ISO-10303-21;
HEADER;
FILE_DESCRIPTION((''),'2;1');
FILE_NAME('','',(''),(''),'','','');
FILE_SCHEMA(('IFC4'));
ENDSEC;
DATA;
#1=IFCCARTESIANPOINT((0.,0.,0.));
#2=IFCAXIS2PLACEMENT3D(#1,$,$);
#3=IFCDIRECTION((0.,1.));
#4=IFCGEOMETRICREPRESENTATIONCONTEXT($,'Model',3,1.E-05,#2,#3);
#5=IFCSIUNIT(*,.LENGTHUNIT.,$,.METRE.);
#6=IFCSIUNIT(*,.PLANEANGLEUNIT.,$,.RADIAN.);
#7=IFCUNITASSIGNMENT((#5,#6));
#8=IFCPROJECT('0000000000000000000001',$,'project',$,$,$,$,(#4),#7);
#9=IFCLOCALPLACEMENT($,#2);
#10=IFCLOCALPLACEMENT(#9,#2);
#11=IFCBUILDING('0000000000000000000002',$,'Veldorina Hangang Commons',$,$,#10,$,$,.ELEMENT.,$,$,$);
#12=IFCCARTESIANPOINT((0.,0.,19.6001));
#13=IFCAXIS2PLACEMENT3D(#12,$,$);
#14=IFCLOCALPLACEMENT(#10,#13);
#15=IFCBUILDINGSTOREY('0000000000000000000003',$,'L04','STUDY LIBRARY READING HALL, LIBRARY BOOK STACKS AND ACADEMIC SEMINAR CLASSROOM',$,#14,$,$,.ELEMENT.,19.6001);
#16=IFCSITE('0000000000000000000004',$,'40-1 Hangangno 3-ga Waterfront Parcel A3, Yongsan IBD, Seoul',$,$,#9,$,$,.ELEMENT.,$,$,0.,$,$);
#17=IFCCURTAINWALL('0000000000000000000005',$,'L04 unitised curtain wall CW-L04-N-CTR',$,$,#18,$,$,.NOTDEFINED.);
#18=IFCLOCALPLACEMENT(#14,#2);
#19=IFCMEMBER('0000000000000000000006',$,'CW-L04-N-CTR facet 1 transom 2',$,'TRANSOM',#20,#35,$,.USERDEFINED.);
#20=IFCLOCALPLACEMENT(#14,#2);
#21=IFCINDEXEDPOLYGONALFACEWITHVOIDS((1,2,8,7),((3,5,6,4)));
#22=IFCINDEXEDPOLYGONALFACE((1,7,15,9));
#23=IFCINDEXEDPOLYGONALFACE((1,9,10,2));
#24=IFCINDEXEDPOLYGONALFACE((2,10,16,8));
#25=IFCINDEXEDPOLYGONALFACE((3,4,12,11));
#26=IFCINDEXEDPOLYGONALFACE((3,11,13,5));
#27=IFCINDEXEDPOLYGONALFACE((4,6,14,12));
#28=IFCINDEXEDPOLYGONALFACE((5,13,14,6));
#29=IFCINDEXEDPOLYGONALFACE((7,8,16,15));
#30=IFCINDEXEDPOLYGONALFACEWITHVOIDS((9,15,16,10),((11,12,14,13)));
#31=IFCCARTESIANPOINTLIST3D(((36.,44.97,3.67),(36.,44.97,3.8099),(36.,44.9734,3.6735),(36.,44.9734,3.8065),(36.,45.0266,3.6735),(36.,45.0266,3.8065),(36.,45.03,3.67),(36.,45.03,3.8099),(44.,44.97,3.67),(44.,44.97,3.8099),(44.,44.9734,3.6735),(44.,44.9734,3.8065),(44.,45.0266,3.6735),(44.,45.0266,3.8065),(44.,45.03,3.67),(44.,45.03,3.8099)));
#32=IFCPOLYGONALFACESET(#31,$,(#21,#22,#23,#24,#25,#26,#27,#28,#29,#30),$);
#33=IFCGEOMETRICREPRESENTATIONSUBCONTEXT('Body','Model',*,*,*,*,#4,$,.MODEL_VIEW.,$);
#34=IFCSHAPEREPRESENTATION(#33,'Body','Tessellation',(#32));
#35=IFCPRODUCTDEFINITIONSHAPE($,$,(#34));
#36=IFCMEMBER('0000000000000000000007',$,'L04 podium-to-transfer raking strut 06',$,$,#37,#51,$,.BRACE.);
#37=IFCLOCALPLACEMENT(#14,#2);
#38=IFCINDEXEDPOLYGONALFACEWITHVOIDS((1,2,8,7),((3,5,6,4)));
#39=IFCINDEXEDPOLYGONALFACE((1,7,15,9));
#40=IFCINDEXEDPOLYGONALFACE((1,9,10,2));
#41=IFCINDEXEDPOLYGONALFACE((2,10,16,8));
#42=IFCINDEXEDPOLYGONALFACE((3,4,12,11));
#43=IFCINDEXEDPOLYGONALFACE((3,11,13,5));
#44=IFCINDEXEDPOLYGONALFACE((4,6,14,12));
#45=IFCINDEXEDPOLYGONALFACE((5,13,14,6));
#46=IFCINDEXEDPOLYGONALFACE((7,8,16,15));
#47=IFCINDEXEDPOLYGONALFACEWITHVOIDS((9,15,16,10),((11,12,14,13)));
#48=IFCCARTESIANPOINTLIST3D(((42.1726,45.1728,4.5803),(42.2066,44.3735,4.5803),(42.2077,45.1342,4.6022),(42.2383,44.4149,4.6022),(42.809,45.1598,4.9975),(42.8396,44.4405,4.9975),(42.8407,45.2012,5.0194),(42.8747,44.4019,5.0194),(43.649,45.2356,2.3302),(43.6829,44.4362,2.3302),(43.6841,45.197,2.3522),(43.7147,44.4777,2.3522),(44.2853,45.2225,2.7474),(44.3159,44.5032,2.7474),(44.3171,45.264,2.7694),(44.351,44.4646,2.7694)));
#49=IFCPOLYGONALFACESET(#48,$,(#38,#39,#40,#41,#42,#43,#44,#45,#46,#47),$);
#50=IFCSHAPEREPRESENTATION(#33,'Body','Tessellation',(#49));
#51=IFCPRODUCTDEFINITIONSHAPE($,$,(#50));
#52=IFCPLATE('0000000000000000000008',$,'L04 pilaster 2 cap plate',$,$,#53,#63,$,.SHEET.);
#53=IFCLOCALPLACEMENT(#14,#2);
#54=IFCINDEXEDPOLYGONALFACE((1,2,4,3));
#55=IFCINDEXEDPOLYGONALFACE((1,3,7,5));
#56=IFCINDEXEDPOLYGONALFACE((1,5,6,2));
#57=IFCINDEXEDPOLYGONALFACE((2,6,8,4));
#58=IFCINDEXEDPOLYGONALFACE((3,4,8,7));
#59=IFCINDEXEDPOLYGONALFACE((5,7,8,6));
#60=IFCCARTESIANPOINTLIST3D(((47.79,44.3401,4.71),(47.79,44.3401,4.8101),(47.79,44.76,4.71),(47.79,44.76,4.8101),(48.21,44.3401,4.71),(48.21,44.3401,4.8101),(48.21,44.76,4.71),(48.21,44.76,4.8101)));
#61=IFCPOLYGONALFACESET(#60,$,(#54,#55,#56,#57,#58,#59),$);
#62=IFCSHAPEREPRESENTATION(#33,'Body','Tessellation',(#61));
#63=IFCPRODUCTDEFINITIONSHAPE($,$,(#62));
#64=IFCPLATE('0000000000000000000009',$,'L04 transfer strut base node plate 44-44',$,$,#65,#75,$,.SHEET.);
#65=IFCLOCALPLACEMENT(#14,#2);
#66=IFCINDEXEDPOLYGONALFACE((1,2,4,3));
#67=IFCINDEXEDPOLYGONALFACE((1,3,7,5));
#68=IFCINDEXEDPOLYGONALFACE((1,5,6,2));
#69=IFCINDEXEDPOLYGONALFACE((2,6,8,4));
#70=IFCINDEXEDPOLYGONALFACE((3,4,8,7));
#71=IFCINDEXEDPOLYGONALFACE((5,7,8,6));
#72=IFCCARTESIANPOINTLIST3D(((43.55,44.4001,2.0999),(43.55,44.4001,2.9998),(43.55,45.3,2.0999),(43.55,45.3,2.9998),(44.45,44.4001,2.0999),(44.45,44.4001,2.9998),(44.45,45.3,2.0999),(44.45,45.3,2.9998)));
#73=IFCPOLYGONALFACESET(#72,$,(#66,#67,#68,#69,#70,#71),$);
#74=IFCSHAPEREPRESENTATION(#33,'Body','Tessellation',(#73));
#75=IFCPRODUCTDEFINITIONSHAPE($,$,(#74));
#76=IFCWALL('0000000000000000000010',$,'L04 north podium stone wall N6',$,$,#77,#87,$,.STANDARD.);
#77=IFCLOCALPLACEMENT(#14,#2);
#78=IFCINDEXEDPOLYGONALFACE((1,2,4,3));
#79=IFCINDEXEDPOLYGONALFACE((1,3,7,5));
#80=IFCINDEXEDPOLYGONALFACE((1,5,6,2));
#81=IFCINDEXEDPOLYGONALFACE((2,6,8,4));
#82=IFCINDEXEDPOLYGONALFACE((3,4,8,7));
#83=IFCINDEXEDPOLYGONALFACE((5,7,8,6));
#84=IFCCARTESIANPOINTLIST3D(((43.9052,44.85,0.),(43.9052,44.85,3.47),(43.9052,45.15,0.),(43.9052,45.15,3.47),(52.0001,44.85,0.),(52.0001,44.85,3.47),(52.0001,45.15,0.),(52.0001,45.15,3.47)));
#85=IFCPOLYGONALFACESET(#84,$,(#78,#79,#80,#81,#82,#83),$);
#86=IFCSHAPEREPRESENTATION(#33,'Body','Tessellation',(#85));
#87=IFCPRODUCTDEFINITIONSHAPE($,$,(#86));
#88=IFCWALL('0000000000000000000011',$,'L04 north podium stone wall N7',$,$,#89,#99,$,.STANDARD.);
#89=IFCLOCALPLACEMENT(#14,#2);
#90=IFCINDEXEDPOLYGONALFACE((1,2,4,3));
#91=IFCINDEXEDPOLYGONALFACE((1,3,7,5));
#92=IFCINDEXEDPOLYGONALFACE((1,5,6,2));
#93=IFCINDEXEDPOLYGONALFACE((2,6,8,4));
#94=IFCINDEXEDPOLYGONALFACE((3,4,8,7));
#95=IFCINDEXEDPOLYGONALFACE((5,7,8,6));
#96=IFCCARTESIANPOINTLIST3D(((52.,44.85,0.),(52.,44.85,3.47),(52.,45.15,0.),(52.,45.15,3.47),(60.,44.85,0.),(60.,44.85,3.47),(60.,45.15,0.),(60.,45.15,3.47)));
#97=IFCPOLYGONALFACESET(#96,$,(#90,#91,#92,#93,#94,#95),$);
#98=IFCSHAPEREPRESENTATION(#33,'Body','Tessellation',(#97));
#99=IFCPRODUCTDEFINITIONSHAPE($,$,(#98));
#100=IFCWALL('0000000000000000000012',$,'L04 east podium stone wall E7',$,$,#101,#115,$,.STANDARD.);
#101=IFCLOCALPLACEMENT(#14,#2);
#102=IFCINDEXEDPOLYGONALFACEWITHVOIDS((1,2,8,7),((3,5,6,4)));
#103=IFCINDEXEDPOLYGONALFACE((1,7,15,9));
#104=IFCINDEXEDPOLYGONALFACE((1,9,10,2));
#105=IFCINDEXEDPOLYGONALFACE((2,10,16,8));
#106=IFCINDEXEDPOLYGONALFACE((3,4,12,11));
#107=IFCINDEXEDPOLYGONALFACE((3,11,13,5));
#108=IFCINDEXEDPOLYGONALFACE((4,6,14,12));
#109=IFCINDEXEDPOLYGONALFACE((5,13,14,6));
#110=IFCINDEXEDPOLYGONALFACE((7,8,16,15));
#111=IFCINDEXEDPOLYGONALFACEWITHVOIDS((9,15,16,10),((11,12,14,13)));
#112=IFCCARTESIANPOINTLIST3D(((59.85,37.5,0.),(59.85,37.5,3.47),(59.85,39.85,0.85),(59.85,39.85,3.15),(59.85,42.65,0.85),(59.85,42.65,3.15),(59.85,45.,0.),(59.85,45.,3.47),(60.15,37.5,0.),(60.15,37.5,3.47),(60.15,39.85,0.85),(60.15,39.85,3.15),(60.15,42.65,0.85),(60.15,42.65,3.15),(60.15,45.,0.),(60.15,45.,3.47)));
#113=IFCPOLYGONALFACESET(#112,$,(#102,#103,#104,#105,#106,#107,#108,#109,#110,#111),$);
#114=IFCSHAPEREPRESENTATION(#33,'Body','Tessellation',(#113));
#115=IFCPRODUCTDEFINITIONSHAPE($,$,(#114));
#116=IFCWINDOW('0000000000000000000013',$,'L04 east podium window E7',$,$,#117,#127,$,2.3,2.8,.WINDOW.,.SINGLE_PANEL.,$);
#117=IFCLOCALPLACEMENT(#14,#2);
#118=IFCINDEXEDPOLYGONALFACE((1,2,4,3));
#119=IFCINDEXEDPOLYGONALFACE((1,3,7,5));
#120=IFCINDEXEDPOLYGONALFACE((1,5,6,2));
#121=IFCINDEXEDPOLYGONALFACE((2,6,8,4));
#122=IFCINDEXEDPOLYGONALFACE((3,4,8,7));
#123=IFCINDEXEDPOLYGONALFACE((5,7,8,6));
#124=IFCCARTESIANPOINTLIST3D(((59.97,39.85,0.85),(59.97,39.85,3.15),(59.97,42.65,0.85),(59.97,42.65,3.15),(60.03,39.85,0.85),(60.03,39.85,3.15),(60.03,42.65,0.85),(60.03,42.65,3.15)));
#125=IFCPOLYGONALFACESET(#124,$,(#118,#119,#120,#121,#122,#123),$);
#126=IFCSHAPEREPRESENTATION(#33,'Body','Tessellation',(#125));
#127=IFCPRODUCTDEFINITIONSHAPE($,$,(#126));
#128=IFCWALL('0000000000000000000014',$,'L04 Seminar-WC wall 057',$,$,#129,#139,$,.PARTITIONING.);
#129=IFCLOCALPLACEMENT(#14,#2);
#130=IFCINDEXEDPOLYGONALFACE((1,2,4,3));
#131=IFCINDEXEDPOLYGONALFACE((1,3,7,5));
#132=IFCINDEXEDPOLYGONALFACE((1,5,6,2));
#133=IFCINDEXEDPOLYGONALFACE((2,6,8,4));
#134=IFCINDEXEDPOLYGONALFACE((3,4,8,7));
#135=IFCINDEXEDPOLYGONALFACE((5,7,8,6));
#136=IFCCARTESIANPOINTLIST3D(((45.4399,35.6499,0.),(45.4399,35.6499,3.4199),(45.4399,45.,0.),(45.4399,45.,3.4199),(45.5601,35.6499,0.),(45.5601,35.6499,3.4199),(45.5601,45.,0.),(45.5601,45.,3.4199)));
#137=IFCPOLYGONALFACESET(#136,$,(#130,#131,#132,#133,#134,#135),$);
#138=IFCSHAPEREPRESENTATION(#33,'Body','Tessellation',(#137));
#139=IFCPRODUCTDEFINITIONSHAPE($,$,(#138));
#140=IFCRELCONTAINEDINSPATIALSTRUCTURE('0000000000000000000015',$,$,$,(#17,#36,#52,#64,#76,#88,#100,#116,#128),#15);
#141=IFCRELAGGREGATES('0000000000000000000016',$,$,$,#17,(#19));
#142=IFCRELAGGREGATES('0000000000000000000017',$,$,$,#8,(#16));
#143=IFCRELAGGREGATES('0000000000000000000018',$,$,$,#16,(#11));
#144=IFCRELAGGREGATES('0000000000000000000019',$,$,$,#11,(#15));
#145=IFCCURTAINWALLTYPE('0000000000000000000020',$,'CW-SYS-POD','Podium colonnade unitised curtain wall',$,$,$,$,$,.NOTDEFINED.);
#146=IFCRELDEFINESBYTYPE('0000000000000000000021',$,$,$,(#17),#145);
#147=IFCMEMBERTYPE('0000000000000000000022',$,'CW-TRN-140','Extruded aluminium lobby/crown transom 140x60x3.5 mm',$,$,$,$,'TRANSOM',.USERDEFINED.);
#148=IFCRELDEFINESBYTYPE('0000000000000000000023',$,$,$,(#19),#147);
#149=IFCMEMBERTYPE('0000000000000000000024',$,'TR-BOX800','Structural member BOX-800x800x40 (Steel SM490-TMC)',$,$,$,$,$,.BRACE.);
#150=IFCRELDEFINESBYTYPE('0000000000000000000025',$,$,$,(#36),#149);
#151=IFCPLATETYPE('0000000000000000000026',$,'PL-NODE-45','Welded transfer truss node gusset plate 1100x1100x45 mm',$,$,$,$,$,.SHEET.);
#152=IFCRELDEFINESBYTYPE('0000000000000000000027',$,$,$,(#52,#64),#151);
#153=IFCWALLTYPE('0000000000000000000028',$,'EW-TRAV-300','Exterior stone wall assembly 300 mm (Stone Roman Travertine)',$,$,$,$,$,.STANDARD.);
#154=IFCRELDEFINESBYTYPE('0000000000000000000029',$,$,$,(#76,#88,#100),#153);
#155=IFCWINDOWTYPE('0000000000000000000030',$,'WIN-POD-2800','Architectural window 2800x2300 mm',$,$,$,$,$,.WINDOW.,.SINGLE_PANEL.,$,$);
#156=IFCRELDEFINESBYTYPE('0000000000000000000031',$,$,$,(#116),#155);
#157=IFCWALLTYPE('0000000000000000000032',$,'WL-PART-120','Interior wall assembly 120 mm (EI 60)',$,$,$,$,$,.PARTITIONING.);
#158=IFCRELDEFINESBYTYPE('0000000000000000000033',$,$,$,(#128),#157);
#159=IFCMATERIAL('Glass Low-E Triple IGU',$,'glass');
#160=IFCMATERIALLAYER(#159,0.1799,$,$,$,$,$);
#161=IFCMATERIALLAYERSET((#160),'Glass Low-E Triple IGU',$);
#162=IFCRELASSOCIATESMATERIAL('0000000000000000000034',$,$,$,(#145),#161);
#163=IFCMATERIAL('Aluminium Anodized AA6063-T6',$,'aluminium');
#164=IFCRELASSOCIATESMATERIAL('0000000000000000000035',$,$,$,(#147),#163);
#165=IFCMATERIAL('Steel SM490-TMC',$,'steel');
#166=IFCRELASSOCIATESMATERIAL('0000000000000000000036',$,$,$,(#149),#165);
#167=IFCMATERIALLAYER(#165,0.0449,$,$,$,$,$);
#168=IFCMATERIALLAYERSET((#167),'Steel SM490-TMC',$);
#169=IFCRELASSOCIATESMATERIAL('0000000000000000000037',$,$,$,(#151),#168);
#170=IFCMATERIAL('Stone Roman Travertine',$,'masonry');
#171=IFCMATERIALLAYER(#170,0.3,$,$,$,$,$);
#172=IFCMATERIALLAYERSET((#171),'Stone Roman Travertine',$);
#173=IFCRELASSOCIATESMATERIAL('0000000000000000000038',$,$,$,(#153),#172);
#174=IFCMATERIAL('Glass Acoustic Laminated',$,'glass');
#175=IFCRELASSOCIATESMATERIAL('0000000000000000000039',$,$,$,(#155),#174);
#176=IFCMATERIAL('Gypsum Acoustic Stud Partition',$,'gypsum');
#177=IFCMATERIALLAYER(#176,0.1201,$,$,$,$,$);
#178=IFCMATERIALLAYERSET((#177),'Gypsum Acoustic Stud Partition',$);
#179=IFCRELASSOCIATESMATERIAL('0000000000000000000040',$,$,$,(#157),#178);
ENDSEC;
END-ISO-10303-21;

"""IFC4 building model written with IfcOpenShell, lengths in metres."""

from ifc_helpers import new_model, si_unit, direction, frame, frame_2d, origin, origin_2d, place, context, subcontext, project, spatial, rectangle, hollow_rectangle, extrude, material, layer, layer_set, material_profile, profile_set, type_object, element, fill, aggregate, save


model = new_model("IFC4")

# Units and contexts
model_context = context("Model", 3, precision=1e-05, world=origin(), true_north=direction((0.0, 1.0)))
body_context = subcontext(model_context, "Body", "Model", "MODEL_VIEW")
ifc_project = project(units=[si_unit("LENGTHUNIT", "METRE"), si_unit("PLANEANGLEUNIT", "RADIAN")], contexts=[model_context])

# Site, building, storey
site_placement = place(None, origin())
site = spatial("IfcSite", under=ifc_project, at=site_placement, Name="40-1 Hangangno 3-ga Waterfront Parcel A3, Yongsan IBD, Seoul", CompositionType="ELEMENT", RefElevation=0.0)
building_placement = place(site_placement, origin())
building = spatial("IfcBuilding", under=site, at=building_placement, Name="Veldorina Hangang Commons", CompositionType="ELEMENT")
storey_placement = place(building_placement, frame((0.0, 0.0, 19.6001)))
storey = spatial("IfcBuildingStorey", under=building, at=storey_placement, Name="L04", Description="STUDY LIBRARY READING HALL, LIBRARY BOOK STACKS AND ACADEMIC SEMINAR CLASSROOM", CompositionType="ELEMENT", Elevation=19.6001)

# Curtain wall, member
ifc_material_1 = material(Name="Glass Low-E Triple IGU", Category="glass")
ifc_layer_1 = layer(ifc_material_1, 0.1799)
ifc_layer_set_1 = layer_set([ifc_layer_1], Name="Glass Low-E Triple IGU")
curtain_wall_type = type_object("IfcCurtainWallType", Name="CW-SYS-POD", Description="Podium colonnade unitised curtain wall", PredefinedType="NOTDEFINED", material=ifc_layer_set_1)
curtain_wall_placement = place(storey_placement, origin())
curtain_wall = element("IfcCurtainWall", 1, at=curtain_wall_placement, inside=storey, type_object=curtain_wall_type, Name="L04 unitised curtain wall CW-L04-N-CTR", PredefinedType="NOTDEFINED")
ifc_material_2 = material(Name="Aluminium Anodized AA6063-T6", Category="aluminium")
ifc_material_profile_1 = material_profile(ifc_material_2, hollow_rectangle(XDim=0.0601, YDim=0.1399, WallThickness=0.0034, at=origin_2d()), Name="ALU-RHS-140x60x3.5")
ifc_profile_set_1 = profile_set([ifc_material_profile_1], Name="Aluminium Anodized AA6063-T6")
member_type_1 = type_object("IfcMemberType", Name="CW-TRN-140", Description="Extruded aluminium lobby/crown transom 140x60x3.5 mm", ElementType="TRANSOM", PredefinedType="USERDEFINED", material=ifc_profile_set_1)
member_1_placement = place(storey_placement, frame((44.0, 45.0, 3.74), z_axis=(-1.0, 0.0, 0.0), x_axis=(0.0, -1.0, 0.0)))
member_1 = element("IfcMember", 2, at=member_1_placement, type_object=member_type_1, Name="CW-L04-N-CTR facet 1 transom 2", ObjectType="TRANSOM", PredefinedType="USERDEFINED", context=body_context, shape_type="SweptSolid", body=[
    extrude(hollow_rectangle(XDim=0.0601, YDim=0.1399, WallThickness=0.0034, at=origin_2d()), origin(), (0.0, 0.0, 1.0), 8.0),
])
aggregate(curtain_wall, [member_1])

# Member
ifc_material_3 = material(Name="Steel SM490-TMC", Category="steel")
ifc_material_profile_2 = material_profile(ifc_material_3, hollow_rectangle(XDim=0.8, YDim=0.8, WallThickness=0.04, at=origin_2d()), Name="BOX-800x800x40")
ifc_profile_set_2 = profile_set([ifc_material_profile_2], Name="Steel SM490-TMC")
member_type_2 = type_object("IfcMemberType", Name="TR-BOX800", Description="Structural member BOX-800x800x40 (Steel SM490-TMC)", PredefinedType="BRACE", material=ifc_profile_set_2)
member_2_placement = place(storey_placement, frame((44.0, 44.8501, 2.5498), z_axis=(-0.548444, -0.023309, 0.835862), x_axis=(0.042462, -0.999098, 0.0)))
element("IfcMember", 3, at=member_2_placement, inside=storey, type_object=member_type_2, Name="L04 podium-to-transfer raking strut 06", PredefinedType="BRACE", context=body_context, shape_type="SweptSolid", body=[
    extrude(hollow_rectangle(XDim=0.8, YDim=0.8, WallThickness=0.04, at=origin_2d()), origin(), (0.0, 0.0, 1.0), 2.6919),
])

# Plates
ifc_layer_2 = layer(ifc_material_3, 0.0449)
ifc_layer_set_2 = layer_set([ifc_layer_2], Name="Steel SM490-TMC")
plate_type = type_object("IfcPlateType", Name="PL-NODE-45", Description="Welded transfer truss node gusset plate 1100x1100x45 mm", PredefinedType="SHEET", material=ifc_layer_set_2)
plate_1_placement = place(storey_placement, frame((48.0, 44.55, 4.71), z_axis=(0.0, 0.0, 1.0), x_axis=(1.0, 0.0, 0.0)))
element("IfcPlate", 4, at=plate_1_placement, inside=storey, type_object=plate_type, Name="L04 pilaster 2 cap plate", PredefinedType="SHEET", context=body_context, shape_type="SweptSolid", body=[
    extrude(rectangle(XDim=0.4199, YDim=0.4199, at=origin_2d()), origin(), (0.0, 0.0, 1.0), 0.1001),
])
plate_2_placement = place(storey_placement, frame((44.0, 44.8501, 2.0999), z_axis=(0.0, 0.0, 1.0), x_axis=(1.0, 0.0, 0.0)))
element("IfcPlate", 5, at=plate_2_placement, inside=storey, type_object=plate_type, Name="L04 transfer strut base node plate 44-44", PredefinedType="SHEET", context=body_context, shape_type="SweptSolid", body=[
    extrude(rectangle(XDim=0.8999, YDim=0.8999, at=origin_2d()), origin(), (0.0, 0.0, 1.0), 0.8999),
])

# Walls
ifc_material_4 = material(Name="Stone Roman Travertine", Category="masonry")
ifc_layer_3 = layer(ifc_material_4, 0.3)
ifc_layer_set_3 = layer_set([ifc_layer_3], Name="Stone Roman Travertine")
wall_type_1 = type_object("IfcWallType", Name="EW-TRAV-300", Description="Exterior stone wall assembly 300 mm (Stone Roman Travertine)", PredefinedType="STANDARD", material=ifc_layer_set_3)
wall_1_placement = place(storey_placement, frame((52.0, 45.0, 0.0), z_axis=(0.0, 0.0, 1.0), x_axis=(-1.0, 0.0, 0.0)))
element("IfcWall", 6, at=wall_1_placement, inside=storey, type_object=wall_type_1, Name="L04 north podium stone wall N6", PredefinedType="STANDARD", context=body_context, shape_type="SweptSolid", body=[
    extrude(rectangle(XDim=8.095, YDim=0.3, at=frame_2d((4.0474, 0.0))), origin(), (0.0, 0.0, 1.0), 3.47),
])
wall_2_placement = place(storey_placement, frame((60.0, 45.0, 0.0), z_axis=(0.0, 0.0, 1.0), x_axis=(-1.0, 0.0, 0.0)))
element("IfcWall", 7, at=wall_2_placement, inside=storey, type_object=wall_type_1, Name="L04 north podium stone wall N7", PredefinedType="STANDARD", context=body_context, shape_type="SweptSolid", body=[
    extrude(rectangle(XDim=8.0, YDim=0.3, at=frame_2d((4.0, 0.0))), origin(), (0.0, 0.0, 1.0), 3.47),
])

# Wall, opening, window
wall_3_placement = place(storey_placement, frame((60.0, 37.5, 0.0), z_axis=(0.0, 0.0, 1.0), x_axis=(0.0, 1.0, 0.0)))
wall_3 = element("IfcWall", 8, at=wall_3_placement, inside=storey, type_object=wall_type_1, Name="L04 east podium stone wall E7", PredefinedType="STANDARD", context=body_context, shape_type="SweptSolid", body=[
    extrude(rectangle(XDim=7.5, YDim=0.3, at=frame_2d((3.75, 0.0))), origin(), (0.0, 0.0, 1.0), 3.47),
])
opening_placement = place(wall_3_placement, frame((2.3501, 0.0, 0.8501)))
opening = element("IfcOpeningElement", 9, at=opening_placement, cuts=wall_3, PredefinedType="OPENING", context=body_context, shape_type="SweptSolid", body=[
    extrude(rectangle(XDim=2.8, YDim=2.3, at=frame_2d((1.3999, 1.1499))), frame((0.0, 0.1602, 0.0), z_axis=(0.0, -1.0, 0.0), x_axis=(1.0, 0.0, 0.0)), (0.0, 0.0, 1.0), 0.3201),
])
ifc_material_5 = material(Name="Glass Acoustic Laminated", Category="glass")
window_type = type_object("IfcWindowType", Name="WIN-POD-2800", Description="Architectural window 2800x2300 mm", PartitioningType="SINGLE_PANEL", PredefinedType="WINDOW", material=ifc_material_5)
window_placement = place(opening_placement, origin())
window = element("IfcWindow", 10, at=window_placement, inside=storey, type_object=window_type, Name="L04 east podium window E7", OverallHeight=2.3, OverallWidth=2.8, PartitioningType="SINGLE_PANEL", PredefinedType="WINDOW", context=body_context, shape_type="SweptSolid", body=[
    extrude(rectangle(XDim=2.8, YDim=2.3, at=frame_2d((1.3999, 1.1499))), frame((0.0, 0.03, 0.0), z_axis=(0.0, -1.0, 0.0), x_axis=(1.0, 0.0, 0.0)), (0.0, 0.0, 1.0), 0.0601),
])
fill(opening, window)

# Wall
ifc_material_6 = material(Name="Gypsum Acoustic Stud Partition", Category="gypsum")
ifc_layer_4 = layer(ifc_material_6, 0.1201)
ifc_layer_set_4 = layer_set([ifc_layer_4], Name="Gypsum Acoustic Stud Partition")
wall_type_2 = type_object("IfcWallType", Name="WL-PART-120", Description="Interior wall assembly 120 mm (EI 60)", PredefinedType="PARTITIONING", material=ifc_layer_set_4)
wall_4_placement = place(storey_placement, frame((45.5, 35.6499, 0.0), z_axis=(0.0, 0.0, 1.0), x_axis=(0.0, 1.0, 0.0)))
element("IfcWall", 11, at=wall_4_placement, inside=storey, type_object=wall_type_2, Name="L04 Seminar-WC wall 057", PredefinedType="PARTITIONING", context=body_context, shape_type="SweptSolid", body=[
    extrude(rectangle(XDim=9.3501, YDim=0.1201, at=frame_2d((4.675, 0.0))), origin(), (0.0, 0.0, 1.0), 3.4199),
])

save(model, "model.ifc")
